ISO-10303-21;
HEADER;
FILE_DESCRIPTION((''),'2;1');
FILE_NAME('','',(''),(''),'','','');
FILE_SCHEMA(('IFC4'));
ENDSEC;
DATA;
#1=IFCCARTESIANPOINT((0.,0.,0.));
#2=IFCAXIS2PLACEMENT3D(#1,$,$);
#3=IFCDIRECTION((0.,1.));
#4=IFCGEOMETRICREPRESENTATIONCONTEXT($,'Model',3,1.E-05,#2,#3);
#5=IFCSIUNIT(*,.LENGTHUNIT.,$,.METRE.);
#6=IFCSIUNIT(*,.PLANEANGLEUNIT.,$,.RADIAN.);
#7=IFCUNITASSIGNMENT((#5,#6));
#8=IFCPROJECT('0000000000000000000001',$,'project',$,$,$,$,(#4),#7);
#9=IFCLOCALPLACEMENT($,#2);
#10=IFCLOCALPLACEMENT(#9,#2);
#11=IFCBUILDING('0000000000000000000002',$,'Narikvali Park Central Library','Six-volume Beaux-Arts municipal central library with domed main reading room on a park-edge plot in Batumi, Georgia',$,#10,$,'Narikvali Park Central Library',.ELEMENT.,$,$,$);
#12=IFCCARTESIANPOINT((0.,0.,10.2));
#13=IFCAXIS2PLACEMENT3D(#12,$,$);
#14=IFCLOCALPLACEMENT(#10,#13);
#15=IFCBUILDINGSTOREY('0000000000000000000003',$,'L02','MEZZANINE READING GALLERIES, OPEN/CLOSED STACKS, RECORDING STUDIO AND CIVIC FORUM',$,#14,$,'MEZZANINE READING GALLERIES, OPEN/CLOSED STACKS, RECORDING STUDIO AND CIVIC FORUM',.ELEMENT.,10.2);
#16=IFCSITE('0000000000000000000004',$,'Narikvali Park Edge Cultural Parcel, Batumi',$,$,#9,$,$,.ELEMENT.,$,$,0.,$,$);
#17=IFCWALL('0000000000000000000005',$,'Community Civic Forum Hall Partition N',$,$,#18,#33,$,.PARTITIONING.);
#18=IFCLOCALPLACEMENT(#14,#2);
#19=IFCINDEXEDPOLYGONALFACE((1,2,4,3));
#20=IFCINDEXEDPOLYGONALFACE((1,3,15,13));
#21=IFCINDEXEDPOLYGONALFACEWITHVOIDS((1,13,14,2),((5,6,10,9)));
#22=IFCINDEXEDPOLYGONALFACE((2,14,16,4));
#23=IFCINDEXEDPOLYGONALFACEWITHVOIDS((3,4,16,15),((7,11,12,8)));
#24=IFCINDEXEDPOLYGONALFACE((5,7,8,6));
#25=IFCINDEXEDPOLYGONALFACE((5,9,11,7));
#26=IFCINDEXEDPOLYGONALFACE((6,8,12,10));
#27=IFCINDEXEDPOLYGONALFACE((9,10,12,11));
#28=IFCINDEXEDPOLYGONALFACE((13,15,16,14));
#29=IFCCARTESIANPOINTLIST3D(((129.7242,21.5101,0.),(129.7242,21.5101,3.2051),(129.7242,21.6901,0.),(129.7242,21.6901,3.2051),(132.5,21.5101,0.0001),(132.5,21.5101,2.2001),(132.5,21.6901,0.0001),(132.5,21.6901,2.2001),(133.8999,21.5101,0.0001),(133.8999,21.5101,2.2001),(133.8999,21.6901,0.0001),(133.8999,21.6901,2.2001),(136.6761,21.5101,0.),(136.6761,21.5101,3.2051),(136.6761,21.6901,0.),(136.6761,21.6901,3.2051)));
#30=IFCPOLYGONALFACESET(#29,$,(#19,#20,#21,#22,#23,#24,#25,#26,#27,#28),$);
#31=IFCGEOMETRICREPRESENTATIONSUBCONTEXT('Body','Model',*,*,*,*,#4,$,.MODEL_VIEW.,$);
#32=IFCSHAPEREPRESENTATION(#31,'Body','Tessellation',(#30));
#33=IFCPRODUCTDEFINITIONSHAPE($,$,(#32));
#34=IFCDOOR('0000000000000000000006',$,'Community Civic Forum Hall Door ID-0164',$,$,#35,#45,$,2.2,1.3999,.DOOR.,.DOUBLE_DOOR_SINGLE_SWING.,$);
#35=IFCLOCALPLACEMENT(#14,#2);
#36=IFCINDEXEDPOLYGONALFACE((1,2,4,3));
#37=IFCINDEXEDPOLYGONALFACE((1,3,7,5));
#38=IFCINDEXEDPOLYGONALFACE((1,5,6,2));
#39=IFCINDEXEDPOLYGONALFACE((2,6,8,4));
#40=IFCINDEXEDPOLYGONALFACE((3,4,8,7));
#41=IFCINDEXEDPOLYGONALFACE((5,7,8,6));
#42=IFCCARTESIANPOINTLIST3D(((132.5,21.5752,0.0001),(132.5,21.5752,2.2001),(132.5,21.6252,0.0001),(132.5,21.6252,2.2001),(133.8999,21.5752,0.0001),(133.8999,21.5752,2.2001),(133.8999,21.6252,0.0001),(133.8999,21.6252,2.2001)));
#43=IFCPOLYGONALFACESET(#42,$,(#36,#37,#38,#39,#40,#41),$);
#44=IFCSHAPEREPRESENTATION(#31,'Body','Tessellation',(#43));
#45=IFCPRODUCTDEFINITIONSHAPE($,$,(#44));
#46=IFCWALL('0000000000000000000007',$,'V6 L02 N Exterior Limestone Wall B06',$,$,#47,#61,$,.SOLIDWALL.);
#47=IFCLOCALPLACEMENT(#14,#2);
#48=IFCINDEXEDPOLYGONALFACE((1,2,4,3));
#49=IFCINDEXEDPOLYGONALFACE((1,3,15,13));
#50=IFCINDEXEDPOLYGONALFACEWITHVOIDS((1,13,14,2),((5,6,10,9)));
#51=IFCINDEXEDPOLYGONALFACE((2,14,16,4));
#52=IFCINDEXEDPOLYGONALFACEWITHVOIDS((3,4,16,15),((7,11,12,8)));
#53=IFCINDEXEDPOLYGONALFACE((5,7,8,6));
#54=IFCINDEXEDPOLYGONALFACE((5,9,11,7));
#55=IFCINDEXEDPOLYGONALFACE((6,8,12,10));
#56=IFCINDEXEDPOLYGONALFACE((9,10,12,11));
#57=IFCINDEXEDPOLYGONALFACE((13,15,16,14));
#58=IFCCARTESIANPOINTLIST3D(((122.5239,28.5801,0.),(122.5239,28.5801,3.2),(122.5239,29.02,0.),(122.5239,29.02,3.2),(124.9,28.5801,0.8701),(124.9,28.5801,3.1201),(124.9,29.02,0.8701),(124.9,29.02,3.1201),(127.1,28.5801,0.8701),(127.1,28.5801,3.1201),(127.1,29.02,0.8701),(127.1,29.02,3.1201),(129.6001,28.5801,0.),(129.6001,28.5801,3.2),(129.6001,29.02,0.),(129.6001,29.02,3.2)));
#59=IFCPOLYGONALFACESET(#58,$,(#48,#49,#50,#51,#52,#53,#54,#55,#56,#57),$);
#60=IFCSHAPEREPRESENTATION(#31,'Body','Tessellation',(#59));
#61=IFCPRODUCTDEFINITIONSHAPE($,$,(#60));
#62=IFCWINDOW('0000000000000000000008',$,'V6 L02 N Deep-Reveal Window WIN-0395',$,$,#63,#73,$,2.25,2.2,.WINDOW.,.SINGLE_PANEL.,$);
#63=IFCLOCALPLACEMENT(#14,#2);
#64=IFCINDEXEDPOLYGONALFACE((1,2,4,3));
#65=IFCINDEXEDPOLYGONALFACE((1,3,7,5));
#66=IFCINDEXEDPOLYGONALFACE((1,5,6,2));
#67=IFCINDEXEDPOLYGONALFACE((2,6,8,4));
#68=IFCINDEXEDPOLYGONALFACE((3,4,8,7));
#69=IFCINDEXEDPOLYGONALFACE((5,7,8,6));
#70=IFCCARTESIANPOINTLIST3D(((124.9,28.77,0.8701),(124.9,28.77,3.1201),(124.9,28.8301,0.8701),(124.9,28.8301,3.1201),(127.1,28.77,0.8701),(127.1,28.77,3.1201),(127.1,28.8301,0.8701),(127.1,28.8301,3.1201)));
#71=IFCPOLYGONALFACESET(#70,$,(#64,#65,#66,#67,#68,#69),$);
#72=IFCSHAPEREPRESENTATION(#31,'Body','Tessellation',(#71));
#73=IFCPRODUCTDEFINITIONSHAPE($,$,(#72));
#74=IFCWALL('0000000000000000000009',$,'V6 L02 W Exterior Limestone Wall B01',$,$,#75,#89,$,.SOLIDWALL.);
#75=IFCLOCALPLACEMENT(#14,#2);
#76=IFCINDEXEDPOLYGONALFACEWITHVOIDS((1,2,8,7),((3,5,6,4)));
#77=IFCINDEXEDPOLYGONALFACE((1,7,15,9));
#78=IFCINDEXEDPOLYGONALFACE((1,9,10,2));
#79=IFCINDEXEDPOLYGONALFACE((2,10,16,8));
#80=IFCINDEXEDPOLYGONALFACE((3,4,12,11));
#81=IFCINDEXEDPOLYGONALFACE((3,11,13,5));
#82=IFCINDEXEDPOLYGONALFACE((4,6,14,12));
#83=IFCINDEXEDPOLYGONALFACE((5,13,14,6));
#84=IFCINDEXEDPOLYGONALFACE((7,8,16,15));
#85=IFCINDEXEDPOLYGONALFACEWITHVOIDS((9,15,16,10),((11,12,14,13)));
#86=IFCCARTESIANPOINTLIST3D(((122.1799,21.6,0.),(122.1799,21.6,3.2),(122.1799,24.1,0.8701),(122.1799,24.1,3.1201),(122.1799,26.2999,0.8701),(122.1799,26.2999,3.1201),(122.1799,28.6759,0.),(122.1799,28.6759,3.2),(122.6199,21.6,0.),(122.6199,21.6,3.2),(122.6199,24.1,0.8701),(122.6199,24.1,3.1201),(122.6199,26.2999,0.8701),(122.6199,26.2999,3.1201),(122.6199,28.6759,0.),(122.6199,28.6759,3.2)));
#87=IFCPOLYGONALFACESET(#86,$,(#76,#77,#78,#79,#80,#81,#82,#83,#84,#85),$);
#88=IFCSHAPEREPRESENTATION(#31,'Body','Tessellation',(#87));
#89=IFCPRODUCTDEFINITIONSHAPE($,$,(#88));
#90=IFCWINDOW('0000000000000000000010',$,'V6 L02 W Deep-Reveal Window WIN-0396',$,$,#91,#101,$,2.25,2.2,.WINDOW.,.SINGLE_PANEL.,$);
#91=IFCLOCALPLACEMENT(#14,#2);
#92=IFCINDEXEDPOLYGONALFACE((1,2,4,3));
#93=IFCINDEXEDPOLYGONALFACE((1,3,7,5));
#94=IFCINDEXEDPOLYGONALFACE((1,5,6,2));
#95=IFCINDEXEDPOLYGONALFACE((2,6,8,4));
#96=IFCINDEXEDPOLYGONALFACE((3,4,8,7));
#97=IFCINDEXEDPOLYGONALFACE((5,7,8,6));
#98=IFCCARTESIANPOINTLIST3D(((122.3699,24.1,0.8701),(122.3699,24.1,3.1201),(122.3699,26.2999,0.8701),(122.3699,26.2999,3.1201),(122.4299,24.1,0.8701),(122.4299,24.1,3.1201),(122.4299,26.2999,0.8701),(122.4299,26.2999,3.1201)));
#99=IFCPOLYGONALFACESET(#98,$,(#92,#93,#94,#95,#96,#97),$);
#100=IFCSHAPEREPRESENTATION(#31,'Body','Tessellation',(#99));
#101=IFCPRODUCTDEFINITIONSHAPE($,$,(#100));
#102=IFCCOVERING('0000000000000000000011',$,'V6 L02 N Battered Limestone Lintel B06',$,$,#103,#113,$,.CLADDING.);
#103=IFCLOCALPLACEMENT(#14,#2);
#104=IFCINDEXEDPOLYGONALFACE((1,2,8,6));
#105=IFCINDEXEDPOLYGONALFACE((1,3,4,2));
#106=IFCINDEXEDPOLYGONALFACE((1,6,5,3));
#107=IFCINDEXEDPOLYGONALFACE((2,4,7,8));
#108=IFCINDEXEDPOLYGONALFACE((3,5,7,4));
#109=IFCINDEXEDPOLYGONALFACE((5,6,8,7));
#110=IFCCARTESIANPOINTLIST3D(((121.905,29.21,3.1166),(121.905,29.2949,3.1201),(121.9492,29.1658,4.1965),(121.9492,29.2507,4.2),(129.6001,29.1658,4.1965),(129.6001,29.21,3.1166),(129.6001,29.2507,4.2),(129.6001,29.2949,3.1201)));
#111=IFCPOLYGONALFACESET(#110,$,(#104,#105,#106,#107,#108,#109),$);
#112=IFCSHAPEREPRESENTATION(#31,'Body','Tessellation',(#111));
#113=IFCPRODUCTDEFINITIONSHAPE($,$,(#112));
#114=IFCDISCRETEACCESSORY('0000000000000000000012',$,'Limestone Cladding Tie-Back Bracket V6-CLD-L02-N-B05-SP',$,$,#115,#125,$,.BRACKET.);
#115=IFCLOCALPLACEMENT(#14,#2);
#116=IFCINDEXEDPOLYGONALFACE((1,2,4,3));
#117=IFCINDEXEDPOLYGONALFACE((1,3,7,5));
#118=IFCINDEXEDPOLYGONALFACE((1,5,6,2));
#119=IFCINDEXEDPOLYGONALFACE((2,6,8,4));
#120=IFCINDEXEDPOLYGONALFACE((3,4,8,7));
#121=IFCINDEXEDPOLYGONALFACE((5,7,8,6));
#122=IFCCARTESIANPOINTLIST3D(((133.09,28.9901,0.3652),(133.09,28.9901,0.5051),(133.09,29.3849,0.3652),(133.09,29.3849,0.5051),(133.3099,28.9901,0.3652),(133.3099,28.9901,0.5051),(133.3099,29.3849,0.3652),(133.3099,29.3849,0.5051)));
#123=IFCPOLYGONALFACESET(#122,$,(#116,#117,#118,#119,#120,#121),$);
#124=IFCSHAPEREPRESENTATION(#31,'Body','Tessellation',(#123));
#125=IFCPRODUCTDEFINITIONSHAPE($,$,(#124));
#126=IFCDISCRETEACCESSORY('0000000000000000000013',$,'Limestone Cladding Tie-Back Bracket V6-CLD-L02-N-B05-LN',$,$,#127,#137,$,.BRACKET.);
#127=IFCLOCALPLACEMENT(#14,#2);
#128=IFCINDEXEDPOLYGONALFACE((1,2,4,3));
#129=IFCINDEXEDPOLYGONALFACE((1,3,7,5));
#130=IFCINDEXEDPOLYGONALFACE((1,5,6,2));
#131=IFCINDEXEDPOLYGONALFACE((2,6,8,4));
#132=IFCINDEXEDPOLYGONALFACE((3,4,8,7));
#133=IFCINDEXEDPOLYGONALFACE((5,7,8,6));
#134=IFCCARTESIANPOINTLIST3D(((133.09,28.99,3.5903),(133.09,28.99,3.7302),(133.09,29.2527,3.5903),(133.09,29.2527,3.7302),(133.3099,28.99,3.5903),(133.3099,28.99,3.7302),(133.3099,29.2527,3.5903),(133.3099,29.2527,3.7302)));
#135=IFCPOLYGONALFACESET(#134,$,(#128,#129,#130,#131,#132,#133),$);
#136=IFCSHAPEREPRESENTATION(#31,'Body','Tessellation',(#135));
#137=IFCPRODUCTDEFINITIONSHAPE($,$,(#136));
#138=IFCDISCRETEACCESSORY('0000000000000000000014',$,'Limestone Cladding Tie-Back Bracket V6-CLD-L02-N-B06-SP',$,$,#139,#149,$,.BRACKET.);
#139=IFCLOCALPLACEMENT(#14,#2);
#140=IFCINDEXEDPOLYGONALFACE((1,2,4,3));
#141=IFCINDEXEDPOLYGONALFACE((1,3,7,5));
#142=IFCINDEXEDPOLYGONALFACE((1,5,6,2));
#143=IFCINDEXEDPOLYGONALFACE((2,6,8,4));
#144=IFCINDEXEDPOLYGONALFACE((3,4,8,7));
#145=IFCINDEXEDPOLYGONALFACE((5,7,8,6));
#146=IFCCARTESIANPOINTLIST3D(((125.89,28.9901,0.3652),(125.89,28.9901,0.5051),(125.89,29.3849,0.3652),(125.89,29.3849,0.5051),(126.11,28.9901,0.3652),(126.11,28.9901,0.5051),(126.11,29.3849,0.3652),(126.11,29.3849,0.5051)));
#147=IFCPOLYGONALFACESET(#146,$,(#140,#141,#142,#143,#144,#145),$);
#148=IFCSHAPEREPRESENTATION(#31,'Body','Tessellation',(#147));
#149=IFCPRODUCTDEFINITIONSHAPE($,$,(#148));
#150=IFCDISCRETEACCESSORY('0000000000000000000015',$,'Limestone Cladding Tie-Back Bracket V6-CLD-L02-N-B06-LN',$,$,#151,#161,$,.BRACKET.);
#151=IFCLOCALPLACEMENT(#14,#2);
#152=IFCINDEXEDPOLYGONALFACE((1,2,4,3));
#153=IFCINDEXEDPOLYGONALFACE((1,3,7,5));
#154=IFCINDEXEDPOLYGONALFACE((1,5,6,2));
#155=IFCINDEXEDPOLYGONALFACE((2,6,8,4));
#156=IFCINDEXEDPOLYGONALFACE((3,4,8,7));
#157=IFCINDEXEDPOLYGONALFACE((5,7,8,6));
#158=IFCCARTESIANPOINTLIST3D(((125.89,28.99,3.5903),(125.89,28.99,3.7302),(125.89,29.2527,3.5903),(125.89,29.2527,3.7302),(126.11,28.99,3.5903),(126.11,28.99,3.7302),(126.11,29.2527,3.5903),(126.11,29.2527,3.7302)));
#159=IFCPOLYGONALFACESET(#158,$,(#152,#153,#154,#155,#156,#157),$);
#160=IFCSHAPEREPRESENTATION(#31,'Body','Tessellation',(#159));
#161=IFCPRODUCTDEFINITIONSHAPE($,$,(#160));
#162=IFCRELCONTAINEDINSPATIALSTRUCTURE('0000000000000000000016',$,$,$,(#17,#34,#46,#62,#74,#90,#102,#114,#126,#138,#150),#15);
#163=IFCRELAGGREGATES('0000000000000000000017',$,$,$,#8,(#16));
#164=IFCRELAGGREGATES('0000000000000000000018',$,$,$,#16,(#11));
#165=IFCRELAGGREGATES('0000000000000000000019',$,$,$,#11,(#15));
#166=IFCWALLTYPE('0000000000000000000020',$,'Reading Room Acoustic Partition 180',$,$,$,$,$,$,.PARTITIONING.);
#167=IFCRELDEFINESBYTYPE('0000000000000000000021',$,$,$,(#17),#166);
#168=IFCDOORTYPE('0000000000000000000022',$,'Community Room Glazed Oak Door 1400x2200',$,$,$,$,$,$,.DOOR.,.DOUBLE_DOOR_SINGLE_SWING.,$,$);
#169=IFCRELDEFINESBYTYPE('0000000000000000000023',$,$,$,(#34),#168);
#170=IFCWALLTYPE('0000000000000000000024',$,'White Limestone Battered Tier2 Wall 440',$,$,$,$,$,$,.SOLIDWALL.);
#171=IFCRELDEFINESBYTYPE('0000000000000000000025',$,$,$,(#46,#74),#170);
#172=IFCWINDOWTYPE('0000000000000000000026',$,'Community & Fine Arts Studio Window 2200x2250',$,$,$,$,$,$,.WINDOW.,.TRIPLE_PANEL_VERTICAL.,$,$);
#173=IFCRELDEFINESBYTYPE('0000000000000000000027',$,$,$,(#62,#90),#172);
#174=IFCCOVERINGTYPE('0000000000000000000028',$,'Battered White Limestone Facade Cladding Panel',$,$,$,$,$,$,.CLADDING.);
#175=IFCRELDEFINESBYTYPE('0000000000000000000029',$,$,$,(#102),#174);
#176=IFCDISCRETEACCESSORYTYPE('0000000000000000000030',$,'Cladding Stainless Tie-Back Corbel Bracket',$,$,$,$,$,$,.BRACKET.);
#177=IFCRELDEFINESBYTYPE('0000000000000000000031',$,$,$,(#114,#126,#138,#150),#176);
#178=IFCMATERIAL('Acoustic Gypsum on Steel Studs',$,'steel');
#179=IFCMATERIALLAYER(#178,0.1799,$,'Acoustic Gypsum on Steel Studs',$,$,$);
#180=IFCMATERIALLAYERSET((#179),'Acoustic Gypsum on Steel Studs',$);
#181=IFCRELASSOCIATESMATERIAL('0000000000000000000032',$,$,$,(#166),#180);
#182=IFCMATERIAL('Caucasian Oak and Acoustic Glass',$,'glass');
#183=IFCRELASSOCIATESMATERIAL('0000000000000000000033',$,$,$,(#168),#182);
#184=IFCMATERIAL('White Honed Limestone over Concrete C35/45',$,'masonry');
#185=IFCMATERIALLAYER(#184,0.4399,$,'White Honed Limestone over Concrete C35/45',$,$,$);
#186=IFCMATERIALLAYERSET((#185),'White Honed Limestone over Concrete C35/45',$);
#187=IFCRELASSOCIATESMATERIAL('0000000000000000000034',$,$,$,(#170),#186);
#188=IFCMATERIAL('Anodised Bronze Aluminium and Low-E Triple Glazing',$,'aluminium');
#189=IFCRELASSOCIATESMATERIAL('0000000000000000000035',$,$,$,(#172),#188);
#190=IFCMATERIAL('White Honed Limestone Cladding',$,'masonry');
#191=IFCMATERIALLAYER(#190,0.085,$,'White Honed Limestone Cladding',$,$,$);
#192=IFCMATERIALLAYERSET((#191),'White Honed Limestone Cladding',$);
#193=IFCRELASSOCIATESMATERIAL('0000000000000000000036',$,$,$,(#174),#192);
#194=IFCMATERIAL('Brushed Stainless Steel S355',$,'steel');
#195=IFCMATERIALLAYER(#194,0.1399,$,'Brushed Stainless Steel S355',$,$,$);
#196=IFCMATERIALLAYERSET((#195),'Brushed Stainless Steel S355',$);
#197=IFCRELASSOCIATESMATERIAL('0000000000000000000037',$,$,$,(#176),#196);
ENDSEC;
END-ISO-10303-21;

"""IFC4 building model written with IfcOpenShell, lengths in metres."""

from ifc_helpers import new_model, si_unit, direction, frame, frame_2d, origin, origin_2d, place, context, subcontext, project, spatial, polyline, rectangle, outline, extrude, material, layer, layer_set, type_object, element, fill, save


model = new_model("IFC4")

# Units and contexts
model_context = context("Model", 3, precision=1e-05, world=origin(), true_north=direction((0.0, 1.0)))
body_context = subcontext(model_context, "Body", "Model", "MODEL_VIEW")
ifc_project = project(units=[si_unit("LENGTHUNIT", "METRE"), si_unit("PLANEANGLEUNIT", "RADIAN")], contexts=[model_context])

# Site, building, storey
site_placement = place(None, origin())
site = spatial("IfcSite", under=ifc_project, at=site_placement, Name="Narikvali Park Edge Cultural Parcel, Batumi", CompositionType="ELEMENT", RefElevation=0.0)
building_placement = place(site_placement, origin())
building = spatial("IfcBuilding", under=site, at=building_placement, Name="Narikvali Park Central Library", Description="Six-volume Beaux-Arts municipal central library with domed main reading room on a park-edge plot in Batumi, Georgia", LongName="Narikvali Park Central Library", CompositionType="ELEMENT")
storey_placement = place(building_placement, frame((0.0, 0.0, 10.2)))
storey = spatial("IfcBuildingStorey", under=building, at=storey_placement, Name="L02", Description="MEZZANINE READING GALLERIES, OPEN/CLOSED STACKS, RECORDING STUDIO AND CIVIC FORUM", LongName="MEZZANINE READING GALLERIES, OPEN/CLOSED STACKS, RECORDING STUDIO AND CIVIC FORUM", CompositionType="ELEMENT", Elevation=10.2)

# Wall, opening, door
ifc_material_1 = material(Name="Acoustic Gypsum on Steel Studs", Category="steel")
ifc_layer_1 = layer(ifc_material_1, 0.1799, Name="Acoustic Gypsum on Steel Studs")
ifc_layer_set_1 = layer_set([ifc_layer_1], Name="Acoustic Gypsum on Steel Studs")
wall_type_1 = type_object("IfcWallType", Name="Reading Room Acoustic Partition 180", PredefinedType="PARTITIONING", material=ifc_layer_set_1)
wall_1_placement = place(storey_placement, frame((129.7241, 21.6001, 0.0), z_axis=(0.0, 0.0, 1.0), x_axis=(1.0, 0.0, 0.0)))
wall_1 = element("IfcWall", 1, at=wall_1_placement, inside=storey, type_object=wall_type_1, Name="Community Civic Forum Hall Partition N", PredefinedType="PARTITIONING", context=body_context, shape_type="SweptSolid", body=[
    extrude(rectangle(XDim=6.9519, YDim=0.1799, at=frame_2d((3.4761, 0.0))), origin(), (0.0, 0.0, 1.0), 3.2051),
])
opening_1_placement = place(wall_1_placement, frame((2.7759, 0.0, 0.0)))
opening_1 = element("IfcOpeningElement", 2, at=opening_1_placement, cuts=wall_1, PredefinedType="OPENING", context=body_context, shape_type="SweptSolid", body=[
    extrude(rectangle(XDim=1.3999, YDim=2.2, at=frame_2d((0.7, 1.1001))), frame((0.0, 0.1021, 0.0), z_axis=(0.0, -1.0, 0.0), x_axis=(1.0, 0.0, 0.0)), (0.0, 0.0, 1.0), 0.2039),
])
ifc_material_2 = material(Name="Caucasian Oak and Acoustic Glass", Category="glass")
door_type = type_object("IfcDoorType", Name="Community Room Glazed Oak Door 1400x2200", OperationType="DOUBLE_DOOR_SINGLE_SWING", PredefinedType="DOOR", material=ifc_material_2)
door_placement = place(opening_1_placement, frame((1.3999, 0.0, 0.0), z_axis=(0.0, 0.0, 1.0), x_axis=(-1.0, 0.0, 0.0)))
door = element("IfcDoor", 3, at=door_placement, inside=storey, type_object=door_type, Name="Community Civic Forum Hall Door ID-0164", OperationType="DOUBLE_DOOR_SINGLE_SWING", OverallHeight=2.2, OverallWidth=1.3999, PredefinedType="DOOR", context=body_context, shape_type="SweptSolid", body=[
    extrude(rectangle(XDim=1.3999, YDim=2.2, at=frame_2d((0.7, 1.1001))), frame((0.0, 0.0249, 0.0), z_axis=(0.0, -1.0, 0.0), x_axis=(1.0, 0.0, 0.0)), (0.0, 0.0, 1.0), 0.05),
])
fill(opening_1, door)

# Walls, openings, windows
ifc_material_3 = material(Name="White Honed Limestone over Concrete C35/45", Category="masonry")
ifc_layer_2 = layer(ifc_material_3, 0.4399, Name="White Honed Limestone over Concrete C35/45")
ifc_layer_set_2 = layer_set([ifc_layer_2], Name="White Honed Limestone over Concrete C35/45")
wall_type_2 = type_object("IfcWallType", Name="White Limestone Battered Tier2 Wall 440", PredefinedType="SOLIDWALL", material=ifc_layer_set_2)
wall_2_placement = place(storey_placement, frame((129.6001, 28.8, 0.0), z_axis=(0.0, 0.0, 1.0), x_axis=(-1.0, 0.0, 0.0)))
wall_2 = element("IfcWall", 4, at=wall_2_placement, inside=storey, type_object=wall_type_2, Name="V6 L02 N Exterior Limestone Wall B06", PredefinedType="SOLIDWALL", context=body_context, shape_type="SweptSolid", body=[
    extrude(rectangle(XDim=7.0762, YDim=0.4399, at=frame_2d((3.5381, 0.0))), origin(), (0.0, 0.0, 1.0), 3.2),
])
opening_2_placement = place(wall_2_placement, frame((2.5, 0.0, 0.8701)))
opening_2 = element("IfcOpeningElement", 5, at=opening_2_placement, cuts=wall_2, PredefinedType="OPENING", context=body_context, shape_type="SweptSolid", body=[
    extrude(rectangle(XDim=2.2, YDim=2.25, at=frame_2d((1.1001, 1.125))), frame((0.0, 0.2319, 0.0), z_axis=(0.0, -1.0, 0.0), x_axis=(1.0, 0.0, 0.0)), (0.0, 0.0, 1.0), 0.4639),
])
ifc_material_4 = material(Name="Anodised Bronze Aluminium and Low-E Triple Glazing", Category="aluminium")
window_type = type_object("IfcWindowType", Name="Community & Fine Arts Studio Window 2200x2250", PartitioningType="TRIPLE_PANEL_VERTICAL", PredefinedType="WINDOW", material=ifc_material_4)
window_1_placement = place(opening_2_placement, origin())
window_1 = element("IfcWindow", 6, at=window_1_placement, inside=storey, type_object=window_type, Name="V6 L02 N Deep-Reveal Window WIN-0395", OverallHeight=2.25, OverallWidth=2.2, PartitioningType="SINGLE_PANEL", PredefinedType="WINDOW", context=body_context, shape_type="SweptSolid", body=[
    extrude(rectangle(XDim=2.2, YDim=2.25, at=frame_2d((1.1001, 1.125))), frame((0.0, 0.03, 0.0), z_axis=(0.0, -1.0, 0.0), x_axis=(1.0, 0.0, 0.0)), (0.0, 0.0, 1.0), 0.0601),
])
fill(opening_2, window_1)
wall_3_placement = place(storey_placement, frame((122.3999, 28.676, 0.0), z_axis=(0.0, 0.0, 1.0), x_axis=(0.0, -1.0, 0.0)))
wall_3 = element("IfcWall", 7, at=wall_3_placement, inside=storey, type_object=wall_type_2, Name="V6 L02 W Exterior Limestone Wall B01", PredefinedType="SOLIDWALL", context=body_context, shape_type="SweptSolid", body=[
    extrude(rectangle(XDim=7.0759, YDim=0.4399, at=frame_2d((3.5381, 0.0))), origin(), (0.0, 0.0, 1.0), 3.2),
])
opening_3_placement = place(wall_3_placement, frame((2.376, 0.0, 0.8701)))
opening_3 = element("IfcOpeningElement", 8, at=opening_3_placement, cuts=wall_3, PredefinedType="OPENING", context=body_context, shape_type="SweptSolid", body=[
    extrude(rectangle(XDim=2.2, YDim=2.25, at=frame_2d((1.1001, 1.125))), frame((0.0, 0.2319, 0.0), z_axis=(0.0, -1.0, 0.0), x_axis=(1.0, 0.0, 0.0)), (0.0, 0.0, 1.0), 0.4639),
])
window_2_placement = place(opening_3_placement, origin())
window_2 = element("IfcWindow", 9, at=window_2_placement, inside=storey, type_object=window_type, Name="V6 L02 W Deep-Reveal Window WIN-0396", OverallHeight=2.25, OverallWidth=2.2, PartitioningType="SINGLE_PANEL", PredefinedType="WINDOW", context=body_context, shape_type="SweptSolid", body=[
    extrude(rectangle(XDim=2.2, YDim=2.25, at=frame_2d((1.1001, 1.125))), frame((0.0, 0.03, 0.0), z_axis=(0.0, -1.0, 0.0), x_axis=(1.0, 0.0, 0.0)), (0.0, 0.0, 1.0), 0.0601),
])
fill(opening_3, window_2)

# Covering
ifc_material_5 = material(Name="White Honed Limestone Cladding", Category="masonry")
ifc_layer_3 = layer(ifc_material_5, 0.085, Name="White Honed Limestone Cladding")
ifc_layer_set_3 = layer_set([ifc_layer_3], Name="White Honed Limestone Cladding")
covering_type = type_object("IfcCoveringType", Name="Battered White Limestone Facade Cladding Panel", PredefinedType="CLADDING", material=ifc_layer_set_3)
covering_placement = place(storey_placement, frame((129.6001, 29.2949, 3.1201), z_axis=(0.0, 0.999164, 0.040888), x_axis=(-1.0, 0.0, 0.0)))
element("IfcCovering", 10, at=covering_placement, inside=storey, type_object=covering_type, Name="V6 L02 N Battered Limestone Lintel B06", PredefinedType="CLADDING", context=body_context, shape_type="SweptSolid", body=[
    extrude(outline(polyline([(0.0, 0.0), (7.6951, 0.0), (7.6509, 1.0807), (0.0, 1.0807), (0.0, 0.0)])), origin(), (0.0, 0.0, -1.0), 0.085),
])

# Discrete accessories
ifc_material_6 = material(Name="Brushed Stainless Steel S355", Category="steel")
ifc_layer_4 = layer(ifc_material_6, 0.1399, Name="Brushed Stainless Steel S355")
ifc_layer_set_4 = layer_set([ifc_layer_4], Name="Brushed Stainless Steel S355")
discrete_accessory_type = type_object("IfcDiscreteAccessoryType", Name="Cladding Stainless Tie-Back Corbel Bracket", PredefinedType="BRACKET", material=ifc_layer_set_4)
discrete_accessory_1_placement = place(storey_placement, frame((133.2, 29.1875, 0.3652), z_axis=(0.0, 0.0, 1.0), x_axis=(1.0, 0.0, 0.0)))
element("IfcDiscreteAccessory", 11, at=discrete_accessory_1_placement, inside=storey, type_object=discrete_accessory_type, Name="Limestone Cladding Tie-Back Bracket V6-CLD-L02-N-B05-SP", PredefinedType="BRACKET", context=body_context, shape_type="SweptSolid", body=[
    extrude(rectangle(XDim=0.22, YDim=0.3948, at=origin_2d()), origin(), (0.0, 0.0, 1.0), 0.1399),
])
discrete_accessory_2_placement = place(storey_placement, frame((133.2, 29.1213, 3.5903), z_axis=(0.0, 0.0, 1.0), x_axis=(1.0, 0.0, 0.0)))
element("IfcDiscreteAccessory", 12, at=discrete_accessory_2_placement, inside=storey, type_object=discrete_accessory_type, Name="Limestone Cladding Tie-Back Bracket V6-CLD-L02-N-B05-LN", PredefinedType="BRACKET", context=body_context, shape_type="SweptSolid", body=[
    extrude(rectangle(XDim=0.22, YDim=0.2627, at=origin_2d()), origin(), (0.0, 0.0, 1.0), 0.1399),
])
discrete_accessory_3_placement = place(storey_placement, frame((126.0, 29.1875, 0.3652), z_axis=(0.0, 0.0, 1.0), x_axis=(1.0, 0.0, 0.0)))
element("IfcDiscreteAccessory", 13, at=discrete_accessory_3_placement, inside=storey, type_object=discrete_accessory_type, Name="Limestone Cladding Tie-Back Bracket V6-CLD-L02-N-B06-SP", PredefinedType="BRACKET", context=body_context, shape_type="SweptSolid", body=[
    extrude(rectangle(XDim=0.22, YDim=0.3948, at=origin_2d()), origin(), (0.0, 0.0, 1.0), 0.1399),
])
discrete_accessory_4_placement = place(storey_placement, frame((126.0, 29.1213, 3.5903), z_axis=(0.0, 0.0, 1.0), x_axis=(1.0, 0.0, 0.0)))
element("IfcDiscreteAccessory", 14, at=discrete_accessory_4_placement, inside=storey, type_object=discrete_accessory_type, Name="Limestone Cladding Tie-Back Bracket V6-CLD-L02-N-B06-LN", PredefinedType="BRACKET", context=body_context, shape_type="SweptSolid", body=[
    extrude(rectangle(XDim=0.22, YDim=0.2627, at=origin_2d()), origin(), (0.0, 0.0, 1.0), 0.1399),
])

save(model, "model.ifc")
